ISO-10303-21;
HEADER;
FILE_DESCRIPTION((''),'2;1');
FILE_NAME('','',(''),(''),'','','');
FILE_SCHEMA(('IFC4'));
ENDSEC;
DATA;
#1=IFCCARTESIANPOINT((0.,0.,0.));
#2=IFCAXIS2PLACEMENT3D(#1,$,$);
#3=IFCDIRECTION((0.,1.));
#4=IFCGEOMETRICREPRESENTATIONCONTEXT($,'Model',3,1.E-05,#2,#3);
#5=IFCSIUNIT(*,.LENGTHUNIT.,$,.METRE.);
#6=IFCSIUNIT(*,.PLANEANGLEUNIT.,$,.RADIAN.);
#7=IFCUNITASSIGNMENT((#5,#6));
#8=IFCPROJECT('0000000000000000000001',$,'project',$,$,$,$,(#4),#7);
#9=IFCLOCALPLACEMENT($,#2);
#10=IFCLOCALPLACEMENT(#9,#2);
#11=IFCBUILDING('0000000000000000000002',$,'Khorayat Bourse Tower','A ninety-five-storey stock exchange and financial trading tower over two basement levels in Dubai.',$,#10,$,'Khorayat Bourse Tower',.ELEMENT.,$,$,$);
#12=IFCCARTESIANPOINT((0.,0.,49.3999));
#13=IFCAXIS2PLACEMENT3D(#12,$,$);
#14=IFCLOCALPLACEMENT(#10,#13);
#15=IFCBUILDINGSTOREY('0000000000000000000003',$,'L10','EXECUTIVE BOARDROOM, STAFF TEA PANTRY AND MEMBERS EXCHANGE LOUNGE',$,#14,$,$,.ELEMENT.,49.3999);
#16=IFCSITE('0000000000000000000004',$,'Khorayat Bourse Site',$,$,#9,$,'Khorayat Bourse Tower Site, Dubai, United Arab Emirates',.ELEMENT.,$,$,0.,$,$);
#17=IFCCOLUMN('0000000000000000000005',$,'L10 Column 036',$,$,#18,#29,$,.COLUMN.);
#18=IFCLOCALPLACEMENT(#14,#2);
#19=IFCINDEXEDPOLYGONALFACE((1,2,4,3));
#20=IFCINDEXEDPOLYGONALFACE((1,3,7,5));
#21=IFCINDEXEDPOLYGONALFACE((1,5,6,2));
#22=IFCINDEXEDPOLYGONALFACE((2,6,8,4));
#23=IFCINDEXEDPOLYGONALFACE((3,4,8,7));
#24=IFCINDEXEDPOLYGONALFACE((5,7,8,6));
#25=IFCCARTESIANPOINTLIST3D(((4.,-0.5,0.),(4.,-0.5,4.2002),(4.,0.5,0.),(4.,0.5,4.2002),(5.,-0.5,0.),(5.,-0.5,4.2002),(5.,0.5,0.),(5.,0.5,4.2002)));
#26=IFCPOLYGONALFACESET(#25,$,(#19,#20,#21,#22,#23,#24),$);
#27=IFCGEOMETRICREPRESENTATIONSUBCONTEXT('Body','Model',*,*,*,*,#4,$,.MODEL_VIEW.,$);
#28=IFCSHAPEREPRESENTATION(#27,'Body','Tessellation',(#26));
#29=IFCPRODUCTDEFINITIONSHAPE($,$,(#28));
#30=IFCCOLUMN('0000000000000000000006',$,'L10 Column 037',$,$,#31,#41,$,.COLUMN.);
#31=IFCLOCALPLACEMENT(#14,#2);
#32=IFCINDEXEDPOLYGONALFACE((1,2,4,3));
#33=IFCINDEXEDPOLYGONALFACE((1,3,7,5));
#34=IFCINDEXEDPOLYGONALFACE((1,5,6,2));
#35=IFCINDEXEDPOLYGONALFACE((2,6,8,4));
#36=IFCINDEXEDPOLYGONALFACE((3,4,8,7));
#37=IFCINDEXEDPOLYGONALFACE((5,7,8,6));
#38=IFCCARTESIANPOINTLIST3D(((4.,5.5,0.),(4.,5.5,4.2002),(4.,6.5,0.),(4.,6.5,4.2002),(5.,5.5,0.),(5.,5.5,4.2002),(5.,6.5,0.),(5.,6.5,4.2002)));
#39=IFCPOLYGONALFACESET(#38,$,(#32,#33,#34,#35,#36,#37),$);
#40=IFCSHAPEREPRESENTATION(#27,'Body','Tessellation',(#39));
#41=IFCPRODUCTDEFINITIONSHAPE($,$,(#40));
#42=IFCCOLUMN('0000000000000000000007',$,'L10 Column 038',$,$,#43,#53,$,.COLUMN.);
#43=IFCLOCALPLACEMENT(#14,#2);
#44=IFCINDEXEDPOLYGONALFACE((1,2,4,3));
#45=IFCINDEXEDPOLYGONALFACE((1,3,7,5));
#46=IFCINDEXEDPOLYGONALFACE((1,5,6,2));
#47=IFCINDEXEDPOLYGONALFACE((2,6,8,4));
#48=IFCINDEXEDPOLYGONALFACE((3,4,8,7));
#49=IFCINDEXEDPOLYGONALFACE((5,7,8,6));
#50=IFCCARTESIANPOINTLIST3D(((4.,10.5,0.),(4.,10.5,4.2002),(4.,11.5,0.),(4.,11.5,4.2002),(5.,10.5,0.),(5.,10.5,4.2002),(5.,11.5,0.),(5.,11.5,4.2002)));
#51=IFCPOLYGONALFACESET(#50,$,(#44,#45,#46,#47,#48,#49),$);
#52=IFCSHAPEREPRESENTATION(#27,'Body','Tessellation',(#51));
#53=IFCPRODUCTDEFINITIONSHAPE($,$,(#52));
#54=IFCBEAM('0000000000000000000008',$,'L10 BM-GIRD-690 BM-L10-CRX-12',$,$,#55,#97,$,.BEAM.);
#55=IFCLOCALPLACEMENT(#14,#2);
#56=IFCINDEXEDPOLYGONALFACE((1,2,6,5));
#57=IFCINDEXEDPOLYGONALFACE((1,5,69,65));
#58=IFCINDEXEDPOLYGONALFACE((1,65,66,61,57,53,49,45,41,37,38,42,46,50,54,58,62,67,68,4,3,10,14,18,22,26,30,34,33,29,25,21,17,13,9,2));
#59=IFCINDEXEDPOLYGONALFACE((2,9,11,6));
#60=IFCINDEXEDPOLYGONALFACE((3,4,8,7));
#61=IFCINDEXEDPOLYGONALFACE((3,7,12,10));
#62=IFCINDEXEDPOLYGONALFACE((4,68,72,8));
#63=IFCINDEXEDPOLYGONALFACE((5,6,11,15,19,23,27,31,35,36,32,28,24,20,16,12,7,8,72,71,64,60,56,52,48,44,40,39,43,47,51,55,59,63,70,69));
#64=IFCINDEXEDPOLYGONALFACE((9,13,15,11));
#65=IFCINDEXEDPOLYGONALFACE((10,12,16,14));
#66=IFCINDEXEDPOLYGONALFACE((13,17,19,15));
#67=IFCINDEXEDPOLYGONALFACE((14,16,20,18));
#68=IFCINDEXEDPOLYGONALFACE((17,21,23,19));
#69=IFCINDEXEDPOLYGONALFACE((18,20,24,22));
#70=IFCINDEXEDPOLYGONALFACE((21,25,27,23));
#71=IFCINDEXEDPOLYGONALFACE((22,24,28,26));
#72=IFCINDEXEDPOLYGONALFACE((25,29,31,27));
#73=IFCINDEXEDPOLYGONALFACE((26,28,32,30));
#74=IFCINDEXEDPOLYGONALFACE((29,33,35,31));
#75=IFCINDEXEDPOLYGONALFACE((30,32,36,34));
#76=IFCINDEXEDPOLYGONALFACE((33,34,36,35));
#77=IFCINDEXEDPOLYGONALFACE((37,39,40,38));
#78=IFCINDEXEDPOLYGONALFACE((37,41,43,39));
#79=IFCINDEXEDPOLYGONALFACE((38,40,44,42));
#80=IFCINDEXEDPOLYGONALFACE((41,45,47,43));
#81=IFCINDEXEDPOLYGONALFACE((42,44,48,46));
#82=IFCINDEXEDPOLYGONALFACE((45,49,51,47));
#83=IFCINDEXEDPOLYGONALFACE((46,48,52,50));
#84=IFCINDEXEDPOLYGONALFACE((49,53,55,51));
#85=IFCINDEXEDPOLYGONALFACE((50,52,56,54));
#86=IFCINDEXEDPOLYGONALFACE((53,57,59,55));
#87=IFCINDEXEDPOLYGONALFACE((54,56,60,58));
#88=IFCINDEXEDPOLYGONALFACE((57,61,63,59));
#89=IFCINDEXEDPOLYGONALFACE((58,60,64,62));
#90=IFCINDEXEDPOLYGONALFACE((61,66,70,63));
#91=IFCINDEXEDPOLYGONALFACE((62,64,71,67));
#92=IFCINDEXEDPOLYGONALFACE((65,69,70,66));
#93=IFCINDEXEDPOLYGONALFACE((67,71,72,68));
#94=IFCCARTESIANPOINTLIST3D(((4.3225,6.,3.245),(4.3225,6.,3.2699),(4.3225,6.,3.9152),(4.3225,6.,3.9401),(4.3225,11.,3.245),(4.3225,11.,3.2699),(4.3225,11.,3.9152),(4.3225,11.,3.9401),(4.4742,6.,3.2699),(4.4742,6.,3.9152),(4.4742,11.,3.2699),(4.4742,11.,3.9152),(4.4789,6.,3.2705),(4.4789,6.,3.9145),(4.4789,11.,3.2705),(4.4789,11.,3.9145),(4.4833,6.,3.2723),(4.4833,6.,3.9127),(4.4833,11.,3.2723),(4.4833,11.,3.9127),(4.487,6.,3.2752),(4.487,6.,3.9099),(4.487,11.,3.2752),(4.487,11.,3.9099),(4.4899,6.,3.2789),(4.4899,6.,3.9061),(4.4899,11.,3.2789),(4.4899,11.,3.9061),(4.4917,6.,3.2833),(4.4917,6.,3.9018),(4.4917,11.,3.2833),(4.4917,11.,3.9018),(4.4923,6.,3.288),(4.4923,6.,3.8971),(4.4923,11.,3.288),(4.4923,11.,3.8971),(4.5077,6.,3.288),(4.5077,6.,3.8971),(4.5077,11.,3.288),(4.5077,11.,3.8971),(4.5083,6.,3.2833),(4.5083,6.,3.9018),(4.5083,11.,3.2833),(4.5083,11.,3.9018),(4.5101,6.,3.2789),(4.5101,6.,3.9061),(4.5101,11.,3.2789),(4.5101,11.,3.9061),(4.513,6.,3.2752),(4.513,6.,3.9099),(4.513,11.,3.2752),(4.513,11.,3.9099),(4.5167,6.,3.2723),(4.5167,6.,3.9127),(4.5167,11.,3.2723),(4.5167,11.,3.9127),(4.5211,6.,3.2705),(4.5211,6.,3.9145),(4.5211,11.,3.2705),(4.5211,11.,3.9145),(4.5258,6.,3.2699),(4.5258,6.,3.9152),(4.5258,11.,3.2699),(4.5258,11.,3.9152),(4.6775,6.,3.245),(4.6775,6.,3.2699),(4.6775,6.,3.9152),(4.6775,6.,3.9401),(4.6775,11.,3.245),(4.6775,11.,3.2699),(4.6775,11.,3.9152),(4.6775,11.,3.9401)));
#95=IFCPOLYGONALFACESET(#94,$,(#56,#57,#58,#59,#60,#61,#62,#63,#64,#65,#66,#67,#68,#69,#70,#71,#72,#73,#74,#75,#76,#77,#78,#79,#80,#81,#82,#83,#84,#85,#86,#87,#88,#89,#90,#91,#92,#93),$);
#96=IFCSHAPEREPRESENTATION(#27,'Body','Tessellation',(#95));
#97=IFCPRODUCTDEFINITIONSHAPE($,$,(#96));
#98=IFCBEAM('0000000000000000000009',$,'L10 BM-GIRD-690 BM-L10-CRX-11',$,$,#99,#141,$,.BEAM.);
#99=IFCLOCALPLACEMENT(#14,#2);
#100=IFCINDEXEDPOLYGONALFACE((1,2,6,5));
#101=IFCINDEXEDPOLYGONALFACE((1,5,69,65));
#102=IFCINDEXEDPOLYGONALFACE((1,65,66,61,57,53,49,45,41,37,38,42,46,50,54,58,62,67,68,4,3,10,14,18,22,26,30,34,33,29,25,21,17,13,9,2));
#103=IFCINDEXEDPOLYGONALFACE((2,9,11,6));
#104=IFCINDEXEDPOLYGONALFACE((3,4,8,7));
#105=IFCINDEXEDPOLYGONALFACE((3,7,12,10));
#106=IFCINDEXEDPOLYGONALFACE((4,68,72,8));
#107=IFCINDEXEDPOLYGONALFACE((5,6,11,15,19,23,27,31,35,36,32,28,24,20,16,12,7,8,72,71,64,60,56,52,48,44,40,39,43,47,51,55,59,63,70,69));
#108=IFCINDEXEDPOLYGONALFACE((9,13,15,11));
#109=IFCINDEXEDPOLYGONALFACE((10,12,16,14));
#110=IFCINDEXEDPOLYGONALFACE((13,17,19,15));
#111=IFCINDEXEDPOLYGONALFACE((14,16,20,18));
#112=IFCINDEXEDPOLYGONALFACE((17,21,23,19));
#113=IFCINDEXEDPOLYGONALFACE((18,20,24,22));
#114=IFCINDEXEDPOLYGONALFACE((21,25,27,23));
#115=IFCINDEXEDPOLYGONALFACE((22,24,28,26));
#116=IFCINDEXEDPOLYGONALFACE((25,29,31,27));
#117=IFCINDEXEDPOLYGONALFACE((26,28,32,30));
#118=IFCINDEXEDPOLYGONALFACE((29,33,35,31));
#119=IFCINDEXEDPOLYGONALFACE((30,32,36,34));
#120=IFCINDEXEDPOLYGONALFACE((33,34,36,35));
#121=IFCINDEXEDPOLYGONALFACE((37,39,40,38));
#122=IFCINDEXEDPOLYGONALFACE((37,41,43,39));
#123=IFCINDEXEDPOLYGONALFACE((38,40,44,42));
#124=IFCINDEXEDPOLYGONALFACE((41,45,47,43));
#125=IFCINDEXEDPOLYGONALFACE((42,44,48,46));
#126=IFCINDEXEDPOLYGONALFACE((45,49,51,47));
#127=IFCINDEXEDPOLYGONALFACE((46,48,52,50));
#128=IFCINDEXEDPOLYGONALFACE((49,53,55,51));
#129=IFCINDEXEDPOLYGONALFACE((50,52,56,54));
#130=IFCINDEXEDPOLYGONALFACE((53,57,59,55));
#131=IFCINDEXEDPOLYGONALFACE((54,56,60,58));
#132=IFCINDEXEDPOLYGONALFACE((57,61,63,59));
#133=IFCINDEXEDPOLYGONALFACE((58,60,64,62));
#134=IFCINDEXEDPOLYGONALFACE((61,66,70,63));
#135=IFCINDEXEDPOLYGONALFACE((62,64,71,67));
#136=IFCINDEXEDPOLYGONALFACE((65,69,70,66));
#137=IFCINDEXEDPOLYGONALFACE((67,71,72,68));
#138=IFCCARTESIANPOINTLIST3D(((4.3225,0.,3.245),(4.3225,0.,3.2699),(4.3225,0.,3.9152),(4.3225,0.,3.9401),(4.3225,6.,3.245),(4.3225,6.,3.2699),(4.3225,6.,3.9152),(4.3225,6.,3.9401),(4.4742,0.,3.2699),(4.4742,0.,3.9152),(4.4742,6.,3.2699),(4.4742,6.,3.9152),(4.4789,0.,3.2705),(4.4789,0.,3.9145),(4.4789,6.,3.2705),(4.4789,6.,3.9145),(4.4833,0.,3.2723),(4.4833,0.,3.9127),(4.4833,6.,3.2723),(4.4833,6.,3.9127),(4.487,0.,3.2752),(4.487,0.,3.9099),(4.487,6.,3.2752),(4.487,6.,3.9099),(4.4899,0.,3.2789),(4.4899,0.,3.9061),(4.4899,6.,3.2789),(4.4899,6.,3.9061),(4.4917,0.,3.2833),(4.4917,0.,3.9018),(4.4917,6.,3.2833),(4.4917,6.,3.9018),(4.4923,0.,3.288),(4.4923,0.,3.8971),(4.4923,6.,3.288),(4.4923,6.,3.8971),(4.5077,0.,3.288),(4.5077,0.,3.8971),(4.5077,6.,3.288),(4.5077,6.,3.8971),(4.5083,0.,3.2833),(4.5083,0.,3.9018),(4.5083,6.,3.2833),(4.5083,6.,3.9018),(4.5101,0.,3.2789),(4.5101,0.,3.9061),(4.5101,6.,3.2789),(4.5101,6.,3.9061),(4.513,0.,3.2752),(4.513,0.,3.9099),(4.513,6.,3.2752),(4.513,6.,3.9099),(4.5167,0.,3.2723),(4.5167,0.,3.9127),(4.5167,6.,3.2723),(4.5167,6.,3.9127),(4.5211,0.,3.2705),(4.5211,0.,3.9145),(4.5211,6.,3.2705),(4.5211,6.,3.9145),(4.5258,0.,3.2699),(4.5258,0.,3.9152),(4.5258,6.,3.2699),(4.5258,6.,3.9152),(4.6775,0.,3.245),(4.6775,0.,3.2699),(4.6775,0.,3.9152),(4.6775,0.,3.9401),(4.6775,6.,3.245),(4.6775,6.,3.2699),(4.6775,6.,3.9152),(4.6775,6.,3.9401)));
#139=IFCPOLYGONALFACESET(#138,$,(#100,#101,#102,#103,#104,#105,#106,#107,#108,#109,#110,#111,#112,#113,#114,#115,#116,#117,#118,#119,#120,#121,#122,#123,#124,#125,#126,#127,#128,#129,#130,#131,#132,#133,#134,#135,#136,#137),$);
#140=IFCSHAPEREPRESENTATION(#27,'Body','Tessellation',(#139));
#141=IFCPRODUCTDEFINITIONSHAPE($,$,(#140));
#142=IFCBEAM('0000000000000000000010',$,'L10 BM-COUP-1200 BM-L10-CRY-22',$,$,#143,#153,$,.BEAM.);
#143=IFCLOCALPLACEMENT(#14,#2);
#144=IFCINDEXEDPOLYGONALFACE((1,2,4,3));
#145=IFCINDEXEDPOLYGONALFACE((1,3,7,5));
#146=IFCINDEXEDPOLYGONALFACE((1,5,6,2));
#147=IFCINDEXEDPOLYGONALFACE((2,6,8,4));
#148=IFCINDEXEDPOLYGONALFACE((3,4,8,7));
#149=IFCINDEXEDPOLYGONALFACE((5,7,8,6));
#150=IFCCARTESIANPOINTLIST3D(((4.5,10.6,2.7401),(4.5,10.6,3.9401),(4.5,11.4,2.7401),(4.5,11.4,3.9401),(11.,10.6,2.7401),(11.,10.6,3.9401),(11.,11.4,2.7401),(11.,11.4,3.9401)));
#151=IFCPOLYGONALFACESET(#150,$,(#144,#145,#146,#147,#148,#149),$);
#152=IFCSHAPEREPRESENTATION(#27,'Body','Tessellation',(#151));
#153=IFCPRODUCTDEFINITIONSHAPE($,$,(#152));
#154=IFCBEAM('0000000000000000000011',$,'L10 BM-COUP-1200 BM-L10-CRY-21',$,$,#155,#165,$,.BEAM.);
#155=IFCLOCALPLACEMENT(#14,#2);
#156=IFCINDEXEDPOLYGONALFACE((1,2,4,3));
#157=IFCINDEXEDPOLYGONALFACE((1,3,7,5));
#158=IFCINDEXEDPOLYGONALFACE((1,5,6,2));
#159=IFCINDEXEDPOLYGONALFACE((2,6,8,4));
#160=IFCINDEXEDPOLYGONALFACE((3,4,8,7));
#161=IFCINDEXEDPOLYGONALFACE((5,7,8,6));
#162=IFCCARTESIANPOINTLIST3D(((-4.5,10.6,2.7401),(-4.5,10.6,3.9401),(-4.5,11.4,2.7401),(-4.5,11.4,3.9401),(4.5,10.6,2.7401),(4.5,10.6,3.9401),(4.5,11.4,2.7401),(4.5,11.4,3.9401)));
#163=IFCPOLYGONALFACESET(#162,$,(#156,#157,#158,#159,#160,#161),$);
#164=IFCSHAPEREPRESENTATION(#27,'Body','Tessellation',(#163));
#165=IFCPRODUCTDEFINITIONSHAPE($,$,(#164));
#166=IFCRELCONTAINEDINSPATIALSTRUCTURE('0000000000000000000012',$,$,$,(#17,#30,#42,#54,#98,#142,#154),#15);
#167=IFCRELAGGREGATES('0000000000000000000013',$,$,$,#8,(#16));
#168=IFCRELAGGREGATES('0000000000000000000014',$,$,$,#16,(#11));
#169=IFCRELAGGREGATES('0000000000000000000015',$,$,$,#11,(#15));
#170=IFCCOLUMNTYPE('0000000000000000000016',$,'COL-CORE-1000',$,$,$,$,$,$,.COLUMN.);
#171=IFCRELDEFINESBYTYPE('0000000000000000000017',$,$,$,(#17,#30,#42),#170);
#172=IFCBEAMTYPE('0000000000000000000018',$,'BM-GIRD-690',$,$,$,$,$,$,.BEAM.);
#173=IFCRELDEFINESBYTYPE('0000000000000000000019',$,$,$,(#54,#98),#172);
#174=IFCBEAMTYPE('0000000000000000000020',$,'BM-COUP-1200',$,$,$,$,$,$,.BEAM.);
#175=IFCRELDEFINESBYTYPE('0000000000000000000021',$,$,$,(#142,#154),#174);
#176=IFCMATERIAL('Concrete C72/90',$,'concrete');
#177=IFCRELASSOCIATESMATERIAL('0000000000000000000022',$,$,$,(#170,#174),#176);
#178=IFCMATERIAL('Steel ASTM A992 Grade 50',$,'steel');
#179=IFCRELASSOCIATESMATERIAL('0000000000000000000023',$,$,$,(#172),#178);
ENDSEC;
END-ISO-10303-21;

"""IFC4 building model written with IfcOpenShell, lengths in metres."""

from ifc_helpers import new_model, si_unit, direction, frame, origin, origin_2d, place, context, subcontext, project, spatial, rectangle, i_section, extrude, source, transform, mapped, material, material_profile, profile_set, type_object, element, save


model = new_model("IFC4")

# Units and contexts
model_context = context("Model", 3, precision=1e-05, world=origin(), true_north=direction((0.0, 1.0)))
body_context = subcontext(model_context, "Body", "Model", "MODEL_VIEW")
ifc_project = project(units=[si_unit("LENGTHUNIT", "METRE"), si_unit("PLANEANGLEUNIT", "RADIAN")], contexts=[model_context])

# Site, building, storey
site_placement = place(None, origin())
site = spatial("IfcSite", under=ifc_project, at=site_placement, Name="Khorayat Bourse Site", LongName="Khorayat Bourse Tower Site, Dubai, United Arab Emirates", CompositionType="ELEMENT", RefElevation=0.0)
building_placement = place(site_placement, origin())
building = spatial("IfcBuilding", under=site, at=building_placement, Name="Khorayat Bourse Tower", Description="A ninety-five-storey stock exchange and financial trading tower over two basement levels in Dubai.", LongName="Khorayat Bourse Tower", CompositionType="ELEMENT")
storey_placement = place(building_placement, frame((0.0, 0.0, 49.3999)))
storey = spatial("IfcBuildingStorey", under=building, at=storey_placement, Name="L10", Description="EXECUTIVE BOARDROOM, STAFF TEA PANTRY AND MEMBERS EXCHANGE LOUNGE", CompositionType="ELEMENT", Elevation=49.3999)

# Columns
ifc_material_1 = material(Name="Concrete C72/90", Category="concrete")
ifc_material_profile_1 = material_profile(ifc_material_1, rectangle(XDim=1.0, YDim=1.0, at=origin_2d()), Name="RC 1000x1000")
ifc_profile_set_1 = profile_set([ifc_material_profile_1], Name="Concrete C72/90")
column_type = type_object("IfcColumnType", Name="COL-CORE-1000", PredefinedType="COLUMN", material=ifc_profile_set_1)
shared_shape_1 = source(origin(), body_context, "Body", "SweptSolid", [
    extrude(rectangle(XDim=1.0, YDim=1.0, at=origin_2d()), origin(), (0.0, 0.0, 1.0), 4.2002),
])
for number, where, z_axis, x_axis, name in (
    (1, (4.5, 0.0, 0.0), (0.0, 0.0, 1.0), (1.0, 0.0, 0.0), "L10 Column 036"),
    (2, (4.5, 6.0, 0.0), (0.0, 0.0, 1.0), (1.0, 0.0, 0.0), "L10 Column 037"),
    (3, (4.5, 11.0, 0.0), (0.0, 0.0, 1.0), (1.0, 0.0, 0.0), "L10 Column 038"),
):
    element("IfcColumn", number, at=place(storey_placement, frame(where, z_axis=z_axis, x_axis=x_axis)), inside=storey, type_object=column_type, Name=name, PredefinedType="COLUMN", context=body_context, shape_type="MappedRepresentation", body=[
        mapped(shared_shape_1, transform((0.0, 0.0, 0.0), scale=1.0)),
    ])

# Beams
ifc_material_2 = material(Name="Steel ASTM A992 Grade 50", Category="steel")
ifc_material_profile_2 = material_profile(ifc_material_2, i_section(OverallWidth=0.355, OverallDepth=0.6951, WebThickness=0.0154, FlangeThickness=0.0249, FilletRadius=0.0181, at=origin_2d()), Name="W690X217")
ifc_profile_set_2 = profile_set([ifc_material_profile_2], Name="Steel ASTM A992 Grade 50")
beam_type_1 = type_object("IfcBeamType", Name="BM-GIRD-690", PredefinedType="BEAM", material=ifc_profile_set_2)
shared_shape_2 = source(origin(), body_context, "Body", "SweptSolid", [
    extrude(i_section(OverallWidth=0.355, OverallDepth=0.6951, WebThickness=0.0154, FlangeThickness=0.0249, FilletRadius=0.0181, at=origin_2d()), origin(), (0.0, 0.0, 1.0), 5.0),
])
beam_1_placement = place(storey_placement, frame((4.5, 6.0, 3.5925), z_axis=(0.0, 1.0, 0.0), x_axis=(-1.0, 0.0, 0.0)))
element("IfcBeam", 4, at=beam_1_placement, inside=storey, type_object=beam_type_1, Name="L10 BM-GIRD-690 BM-L10-CRX-12", PredefinedType="BEAM", context=body_context, shape_type="MappedRepresentation", body=[
    mapped(shared_shape_2, transform((0.0, 0.0, 0.0), scale=1.0)),
])
shared_shape_3 = source(origin(), body_context, "Body", "SweptSolid", [
    extrude(i_section(OverallWidth=0.355, OverallDepth=0.6951, WebThickness=0.0154, FlangeThickness=0.0249, FilletRadius=0.0181, at=origin_2d()), origin(), (0.0, 0.0, 1.0), 6.0),
])
beam_2_placement = place(storey_placement, frame((4.5, 0.0, 3.5925), z_axis=(0.0, 1.0, 0.0), x_axis=(-1.0, 0.0, 0.0)))
element("IfcBeam", 5, at=beam_2_placement, inside=storey, type_object=beam_type_1, Name="L10 BM-GIRD-690 BM-L10-CRX-11", PredefinedType="BEAM", context=body_context, shape_type="MappedRepresentation", body=[
    mapped(shared_shape_3, transform((0.0, 0.0, 0.0), scale=1.0)),
])
ifc_material_profile_3 = material_profile(ifc_material_1, rectangle(XDim=0.8, YDim=1.2, at=origin_2d()), Name="RC 800x1200")
ifc_profile_set_3 = profile_set([ifc_material_profile_3], Name="Concrete C72/90")
beam_type_2 = type_object("IfcBeamType", Name="BM-COUP-1200", PredefinedType="BEAM", material=ifc_profile_set_3)
shared_shape_4 = source(origin(), body_context, "Body", "SweptSolid", [
    extrude(rectangle(XDim=0.8, YDim=1.2, at=origin_2d()), origin(), (0.0, 0.0, 1.0), 6.5),
])
beam_3_placement = place(storey_placement, frame((4.5, 11.0, 3.3401), z_axis=(1.0, 0.0, 0.0), x_axis=(0.0, 1.0, 0.0)))
element("IfcBeam", 6, at=beam_3_placement, inside=storey, type_object=beam_type_2, Name="L10 BM-COUP-1200 BM-L10-CRY-22", PredefinedType="BEAM", context=body_context, shape_type="MappedRepresentation", body=[
    mapped(shared_shape_4, transform((0.0, 0.0, 0.0), scale=1.0)),
])
shared_shape_5 = source(origin(), body_context, "Body", "SweptSolid", [
    extrude(rectangle(XDim=0.8, YDim=1.2, at=origin_2d()), origin(), (0.0, 0.0, 1.0), 9.0),
])
beam_4_placement = place(storey_placement, frame((-4.5, 11.0, 3.3401), z_axis=(1.0, 0.0, 0.0), x_axis=(0.0, 1.0, 0.0)))
element("IfcBeam", 7, at=beam_4_placement, inside=storey, type_object=beam_type_2, Name="L10 BM-COUP-1200 BM-L10-CRY-21", PredefinedType="BEAM", context=body_context, shape_type="MappedRepresentation", body=[
    mapped(shared_shape_5, transform((0.0, 0.0, 0.0), scale=1.0)),
])

save(model, "model.ifc")
